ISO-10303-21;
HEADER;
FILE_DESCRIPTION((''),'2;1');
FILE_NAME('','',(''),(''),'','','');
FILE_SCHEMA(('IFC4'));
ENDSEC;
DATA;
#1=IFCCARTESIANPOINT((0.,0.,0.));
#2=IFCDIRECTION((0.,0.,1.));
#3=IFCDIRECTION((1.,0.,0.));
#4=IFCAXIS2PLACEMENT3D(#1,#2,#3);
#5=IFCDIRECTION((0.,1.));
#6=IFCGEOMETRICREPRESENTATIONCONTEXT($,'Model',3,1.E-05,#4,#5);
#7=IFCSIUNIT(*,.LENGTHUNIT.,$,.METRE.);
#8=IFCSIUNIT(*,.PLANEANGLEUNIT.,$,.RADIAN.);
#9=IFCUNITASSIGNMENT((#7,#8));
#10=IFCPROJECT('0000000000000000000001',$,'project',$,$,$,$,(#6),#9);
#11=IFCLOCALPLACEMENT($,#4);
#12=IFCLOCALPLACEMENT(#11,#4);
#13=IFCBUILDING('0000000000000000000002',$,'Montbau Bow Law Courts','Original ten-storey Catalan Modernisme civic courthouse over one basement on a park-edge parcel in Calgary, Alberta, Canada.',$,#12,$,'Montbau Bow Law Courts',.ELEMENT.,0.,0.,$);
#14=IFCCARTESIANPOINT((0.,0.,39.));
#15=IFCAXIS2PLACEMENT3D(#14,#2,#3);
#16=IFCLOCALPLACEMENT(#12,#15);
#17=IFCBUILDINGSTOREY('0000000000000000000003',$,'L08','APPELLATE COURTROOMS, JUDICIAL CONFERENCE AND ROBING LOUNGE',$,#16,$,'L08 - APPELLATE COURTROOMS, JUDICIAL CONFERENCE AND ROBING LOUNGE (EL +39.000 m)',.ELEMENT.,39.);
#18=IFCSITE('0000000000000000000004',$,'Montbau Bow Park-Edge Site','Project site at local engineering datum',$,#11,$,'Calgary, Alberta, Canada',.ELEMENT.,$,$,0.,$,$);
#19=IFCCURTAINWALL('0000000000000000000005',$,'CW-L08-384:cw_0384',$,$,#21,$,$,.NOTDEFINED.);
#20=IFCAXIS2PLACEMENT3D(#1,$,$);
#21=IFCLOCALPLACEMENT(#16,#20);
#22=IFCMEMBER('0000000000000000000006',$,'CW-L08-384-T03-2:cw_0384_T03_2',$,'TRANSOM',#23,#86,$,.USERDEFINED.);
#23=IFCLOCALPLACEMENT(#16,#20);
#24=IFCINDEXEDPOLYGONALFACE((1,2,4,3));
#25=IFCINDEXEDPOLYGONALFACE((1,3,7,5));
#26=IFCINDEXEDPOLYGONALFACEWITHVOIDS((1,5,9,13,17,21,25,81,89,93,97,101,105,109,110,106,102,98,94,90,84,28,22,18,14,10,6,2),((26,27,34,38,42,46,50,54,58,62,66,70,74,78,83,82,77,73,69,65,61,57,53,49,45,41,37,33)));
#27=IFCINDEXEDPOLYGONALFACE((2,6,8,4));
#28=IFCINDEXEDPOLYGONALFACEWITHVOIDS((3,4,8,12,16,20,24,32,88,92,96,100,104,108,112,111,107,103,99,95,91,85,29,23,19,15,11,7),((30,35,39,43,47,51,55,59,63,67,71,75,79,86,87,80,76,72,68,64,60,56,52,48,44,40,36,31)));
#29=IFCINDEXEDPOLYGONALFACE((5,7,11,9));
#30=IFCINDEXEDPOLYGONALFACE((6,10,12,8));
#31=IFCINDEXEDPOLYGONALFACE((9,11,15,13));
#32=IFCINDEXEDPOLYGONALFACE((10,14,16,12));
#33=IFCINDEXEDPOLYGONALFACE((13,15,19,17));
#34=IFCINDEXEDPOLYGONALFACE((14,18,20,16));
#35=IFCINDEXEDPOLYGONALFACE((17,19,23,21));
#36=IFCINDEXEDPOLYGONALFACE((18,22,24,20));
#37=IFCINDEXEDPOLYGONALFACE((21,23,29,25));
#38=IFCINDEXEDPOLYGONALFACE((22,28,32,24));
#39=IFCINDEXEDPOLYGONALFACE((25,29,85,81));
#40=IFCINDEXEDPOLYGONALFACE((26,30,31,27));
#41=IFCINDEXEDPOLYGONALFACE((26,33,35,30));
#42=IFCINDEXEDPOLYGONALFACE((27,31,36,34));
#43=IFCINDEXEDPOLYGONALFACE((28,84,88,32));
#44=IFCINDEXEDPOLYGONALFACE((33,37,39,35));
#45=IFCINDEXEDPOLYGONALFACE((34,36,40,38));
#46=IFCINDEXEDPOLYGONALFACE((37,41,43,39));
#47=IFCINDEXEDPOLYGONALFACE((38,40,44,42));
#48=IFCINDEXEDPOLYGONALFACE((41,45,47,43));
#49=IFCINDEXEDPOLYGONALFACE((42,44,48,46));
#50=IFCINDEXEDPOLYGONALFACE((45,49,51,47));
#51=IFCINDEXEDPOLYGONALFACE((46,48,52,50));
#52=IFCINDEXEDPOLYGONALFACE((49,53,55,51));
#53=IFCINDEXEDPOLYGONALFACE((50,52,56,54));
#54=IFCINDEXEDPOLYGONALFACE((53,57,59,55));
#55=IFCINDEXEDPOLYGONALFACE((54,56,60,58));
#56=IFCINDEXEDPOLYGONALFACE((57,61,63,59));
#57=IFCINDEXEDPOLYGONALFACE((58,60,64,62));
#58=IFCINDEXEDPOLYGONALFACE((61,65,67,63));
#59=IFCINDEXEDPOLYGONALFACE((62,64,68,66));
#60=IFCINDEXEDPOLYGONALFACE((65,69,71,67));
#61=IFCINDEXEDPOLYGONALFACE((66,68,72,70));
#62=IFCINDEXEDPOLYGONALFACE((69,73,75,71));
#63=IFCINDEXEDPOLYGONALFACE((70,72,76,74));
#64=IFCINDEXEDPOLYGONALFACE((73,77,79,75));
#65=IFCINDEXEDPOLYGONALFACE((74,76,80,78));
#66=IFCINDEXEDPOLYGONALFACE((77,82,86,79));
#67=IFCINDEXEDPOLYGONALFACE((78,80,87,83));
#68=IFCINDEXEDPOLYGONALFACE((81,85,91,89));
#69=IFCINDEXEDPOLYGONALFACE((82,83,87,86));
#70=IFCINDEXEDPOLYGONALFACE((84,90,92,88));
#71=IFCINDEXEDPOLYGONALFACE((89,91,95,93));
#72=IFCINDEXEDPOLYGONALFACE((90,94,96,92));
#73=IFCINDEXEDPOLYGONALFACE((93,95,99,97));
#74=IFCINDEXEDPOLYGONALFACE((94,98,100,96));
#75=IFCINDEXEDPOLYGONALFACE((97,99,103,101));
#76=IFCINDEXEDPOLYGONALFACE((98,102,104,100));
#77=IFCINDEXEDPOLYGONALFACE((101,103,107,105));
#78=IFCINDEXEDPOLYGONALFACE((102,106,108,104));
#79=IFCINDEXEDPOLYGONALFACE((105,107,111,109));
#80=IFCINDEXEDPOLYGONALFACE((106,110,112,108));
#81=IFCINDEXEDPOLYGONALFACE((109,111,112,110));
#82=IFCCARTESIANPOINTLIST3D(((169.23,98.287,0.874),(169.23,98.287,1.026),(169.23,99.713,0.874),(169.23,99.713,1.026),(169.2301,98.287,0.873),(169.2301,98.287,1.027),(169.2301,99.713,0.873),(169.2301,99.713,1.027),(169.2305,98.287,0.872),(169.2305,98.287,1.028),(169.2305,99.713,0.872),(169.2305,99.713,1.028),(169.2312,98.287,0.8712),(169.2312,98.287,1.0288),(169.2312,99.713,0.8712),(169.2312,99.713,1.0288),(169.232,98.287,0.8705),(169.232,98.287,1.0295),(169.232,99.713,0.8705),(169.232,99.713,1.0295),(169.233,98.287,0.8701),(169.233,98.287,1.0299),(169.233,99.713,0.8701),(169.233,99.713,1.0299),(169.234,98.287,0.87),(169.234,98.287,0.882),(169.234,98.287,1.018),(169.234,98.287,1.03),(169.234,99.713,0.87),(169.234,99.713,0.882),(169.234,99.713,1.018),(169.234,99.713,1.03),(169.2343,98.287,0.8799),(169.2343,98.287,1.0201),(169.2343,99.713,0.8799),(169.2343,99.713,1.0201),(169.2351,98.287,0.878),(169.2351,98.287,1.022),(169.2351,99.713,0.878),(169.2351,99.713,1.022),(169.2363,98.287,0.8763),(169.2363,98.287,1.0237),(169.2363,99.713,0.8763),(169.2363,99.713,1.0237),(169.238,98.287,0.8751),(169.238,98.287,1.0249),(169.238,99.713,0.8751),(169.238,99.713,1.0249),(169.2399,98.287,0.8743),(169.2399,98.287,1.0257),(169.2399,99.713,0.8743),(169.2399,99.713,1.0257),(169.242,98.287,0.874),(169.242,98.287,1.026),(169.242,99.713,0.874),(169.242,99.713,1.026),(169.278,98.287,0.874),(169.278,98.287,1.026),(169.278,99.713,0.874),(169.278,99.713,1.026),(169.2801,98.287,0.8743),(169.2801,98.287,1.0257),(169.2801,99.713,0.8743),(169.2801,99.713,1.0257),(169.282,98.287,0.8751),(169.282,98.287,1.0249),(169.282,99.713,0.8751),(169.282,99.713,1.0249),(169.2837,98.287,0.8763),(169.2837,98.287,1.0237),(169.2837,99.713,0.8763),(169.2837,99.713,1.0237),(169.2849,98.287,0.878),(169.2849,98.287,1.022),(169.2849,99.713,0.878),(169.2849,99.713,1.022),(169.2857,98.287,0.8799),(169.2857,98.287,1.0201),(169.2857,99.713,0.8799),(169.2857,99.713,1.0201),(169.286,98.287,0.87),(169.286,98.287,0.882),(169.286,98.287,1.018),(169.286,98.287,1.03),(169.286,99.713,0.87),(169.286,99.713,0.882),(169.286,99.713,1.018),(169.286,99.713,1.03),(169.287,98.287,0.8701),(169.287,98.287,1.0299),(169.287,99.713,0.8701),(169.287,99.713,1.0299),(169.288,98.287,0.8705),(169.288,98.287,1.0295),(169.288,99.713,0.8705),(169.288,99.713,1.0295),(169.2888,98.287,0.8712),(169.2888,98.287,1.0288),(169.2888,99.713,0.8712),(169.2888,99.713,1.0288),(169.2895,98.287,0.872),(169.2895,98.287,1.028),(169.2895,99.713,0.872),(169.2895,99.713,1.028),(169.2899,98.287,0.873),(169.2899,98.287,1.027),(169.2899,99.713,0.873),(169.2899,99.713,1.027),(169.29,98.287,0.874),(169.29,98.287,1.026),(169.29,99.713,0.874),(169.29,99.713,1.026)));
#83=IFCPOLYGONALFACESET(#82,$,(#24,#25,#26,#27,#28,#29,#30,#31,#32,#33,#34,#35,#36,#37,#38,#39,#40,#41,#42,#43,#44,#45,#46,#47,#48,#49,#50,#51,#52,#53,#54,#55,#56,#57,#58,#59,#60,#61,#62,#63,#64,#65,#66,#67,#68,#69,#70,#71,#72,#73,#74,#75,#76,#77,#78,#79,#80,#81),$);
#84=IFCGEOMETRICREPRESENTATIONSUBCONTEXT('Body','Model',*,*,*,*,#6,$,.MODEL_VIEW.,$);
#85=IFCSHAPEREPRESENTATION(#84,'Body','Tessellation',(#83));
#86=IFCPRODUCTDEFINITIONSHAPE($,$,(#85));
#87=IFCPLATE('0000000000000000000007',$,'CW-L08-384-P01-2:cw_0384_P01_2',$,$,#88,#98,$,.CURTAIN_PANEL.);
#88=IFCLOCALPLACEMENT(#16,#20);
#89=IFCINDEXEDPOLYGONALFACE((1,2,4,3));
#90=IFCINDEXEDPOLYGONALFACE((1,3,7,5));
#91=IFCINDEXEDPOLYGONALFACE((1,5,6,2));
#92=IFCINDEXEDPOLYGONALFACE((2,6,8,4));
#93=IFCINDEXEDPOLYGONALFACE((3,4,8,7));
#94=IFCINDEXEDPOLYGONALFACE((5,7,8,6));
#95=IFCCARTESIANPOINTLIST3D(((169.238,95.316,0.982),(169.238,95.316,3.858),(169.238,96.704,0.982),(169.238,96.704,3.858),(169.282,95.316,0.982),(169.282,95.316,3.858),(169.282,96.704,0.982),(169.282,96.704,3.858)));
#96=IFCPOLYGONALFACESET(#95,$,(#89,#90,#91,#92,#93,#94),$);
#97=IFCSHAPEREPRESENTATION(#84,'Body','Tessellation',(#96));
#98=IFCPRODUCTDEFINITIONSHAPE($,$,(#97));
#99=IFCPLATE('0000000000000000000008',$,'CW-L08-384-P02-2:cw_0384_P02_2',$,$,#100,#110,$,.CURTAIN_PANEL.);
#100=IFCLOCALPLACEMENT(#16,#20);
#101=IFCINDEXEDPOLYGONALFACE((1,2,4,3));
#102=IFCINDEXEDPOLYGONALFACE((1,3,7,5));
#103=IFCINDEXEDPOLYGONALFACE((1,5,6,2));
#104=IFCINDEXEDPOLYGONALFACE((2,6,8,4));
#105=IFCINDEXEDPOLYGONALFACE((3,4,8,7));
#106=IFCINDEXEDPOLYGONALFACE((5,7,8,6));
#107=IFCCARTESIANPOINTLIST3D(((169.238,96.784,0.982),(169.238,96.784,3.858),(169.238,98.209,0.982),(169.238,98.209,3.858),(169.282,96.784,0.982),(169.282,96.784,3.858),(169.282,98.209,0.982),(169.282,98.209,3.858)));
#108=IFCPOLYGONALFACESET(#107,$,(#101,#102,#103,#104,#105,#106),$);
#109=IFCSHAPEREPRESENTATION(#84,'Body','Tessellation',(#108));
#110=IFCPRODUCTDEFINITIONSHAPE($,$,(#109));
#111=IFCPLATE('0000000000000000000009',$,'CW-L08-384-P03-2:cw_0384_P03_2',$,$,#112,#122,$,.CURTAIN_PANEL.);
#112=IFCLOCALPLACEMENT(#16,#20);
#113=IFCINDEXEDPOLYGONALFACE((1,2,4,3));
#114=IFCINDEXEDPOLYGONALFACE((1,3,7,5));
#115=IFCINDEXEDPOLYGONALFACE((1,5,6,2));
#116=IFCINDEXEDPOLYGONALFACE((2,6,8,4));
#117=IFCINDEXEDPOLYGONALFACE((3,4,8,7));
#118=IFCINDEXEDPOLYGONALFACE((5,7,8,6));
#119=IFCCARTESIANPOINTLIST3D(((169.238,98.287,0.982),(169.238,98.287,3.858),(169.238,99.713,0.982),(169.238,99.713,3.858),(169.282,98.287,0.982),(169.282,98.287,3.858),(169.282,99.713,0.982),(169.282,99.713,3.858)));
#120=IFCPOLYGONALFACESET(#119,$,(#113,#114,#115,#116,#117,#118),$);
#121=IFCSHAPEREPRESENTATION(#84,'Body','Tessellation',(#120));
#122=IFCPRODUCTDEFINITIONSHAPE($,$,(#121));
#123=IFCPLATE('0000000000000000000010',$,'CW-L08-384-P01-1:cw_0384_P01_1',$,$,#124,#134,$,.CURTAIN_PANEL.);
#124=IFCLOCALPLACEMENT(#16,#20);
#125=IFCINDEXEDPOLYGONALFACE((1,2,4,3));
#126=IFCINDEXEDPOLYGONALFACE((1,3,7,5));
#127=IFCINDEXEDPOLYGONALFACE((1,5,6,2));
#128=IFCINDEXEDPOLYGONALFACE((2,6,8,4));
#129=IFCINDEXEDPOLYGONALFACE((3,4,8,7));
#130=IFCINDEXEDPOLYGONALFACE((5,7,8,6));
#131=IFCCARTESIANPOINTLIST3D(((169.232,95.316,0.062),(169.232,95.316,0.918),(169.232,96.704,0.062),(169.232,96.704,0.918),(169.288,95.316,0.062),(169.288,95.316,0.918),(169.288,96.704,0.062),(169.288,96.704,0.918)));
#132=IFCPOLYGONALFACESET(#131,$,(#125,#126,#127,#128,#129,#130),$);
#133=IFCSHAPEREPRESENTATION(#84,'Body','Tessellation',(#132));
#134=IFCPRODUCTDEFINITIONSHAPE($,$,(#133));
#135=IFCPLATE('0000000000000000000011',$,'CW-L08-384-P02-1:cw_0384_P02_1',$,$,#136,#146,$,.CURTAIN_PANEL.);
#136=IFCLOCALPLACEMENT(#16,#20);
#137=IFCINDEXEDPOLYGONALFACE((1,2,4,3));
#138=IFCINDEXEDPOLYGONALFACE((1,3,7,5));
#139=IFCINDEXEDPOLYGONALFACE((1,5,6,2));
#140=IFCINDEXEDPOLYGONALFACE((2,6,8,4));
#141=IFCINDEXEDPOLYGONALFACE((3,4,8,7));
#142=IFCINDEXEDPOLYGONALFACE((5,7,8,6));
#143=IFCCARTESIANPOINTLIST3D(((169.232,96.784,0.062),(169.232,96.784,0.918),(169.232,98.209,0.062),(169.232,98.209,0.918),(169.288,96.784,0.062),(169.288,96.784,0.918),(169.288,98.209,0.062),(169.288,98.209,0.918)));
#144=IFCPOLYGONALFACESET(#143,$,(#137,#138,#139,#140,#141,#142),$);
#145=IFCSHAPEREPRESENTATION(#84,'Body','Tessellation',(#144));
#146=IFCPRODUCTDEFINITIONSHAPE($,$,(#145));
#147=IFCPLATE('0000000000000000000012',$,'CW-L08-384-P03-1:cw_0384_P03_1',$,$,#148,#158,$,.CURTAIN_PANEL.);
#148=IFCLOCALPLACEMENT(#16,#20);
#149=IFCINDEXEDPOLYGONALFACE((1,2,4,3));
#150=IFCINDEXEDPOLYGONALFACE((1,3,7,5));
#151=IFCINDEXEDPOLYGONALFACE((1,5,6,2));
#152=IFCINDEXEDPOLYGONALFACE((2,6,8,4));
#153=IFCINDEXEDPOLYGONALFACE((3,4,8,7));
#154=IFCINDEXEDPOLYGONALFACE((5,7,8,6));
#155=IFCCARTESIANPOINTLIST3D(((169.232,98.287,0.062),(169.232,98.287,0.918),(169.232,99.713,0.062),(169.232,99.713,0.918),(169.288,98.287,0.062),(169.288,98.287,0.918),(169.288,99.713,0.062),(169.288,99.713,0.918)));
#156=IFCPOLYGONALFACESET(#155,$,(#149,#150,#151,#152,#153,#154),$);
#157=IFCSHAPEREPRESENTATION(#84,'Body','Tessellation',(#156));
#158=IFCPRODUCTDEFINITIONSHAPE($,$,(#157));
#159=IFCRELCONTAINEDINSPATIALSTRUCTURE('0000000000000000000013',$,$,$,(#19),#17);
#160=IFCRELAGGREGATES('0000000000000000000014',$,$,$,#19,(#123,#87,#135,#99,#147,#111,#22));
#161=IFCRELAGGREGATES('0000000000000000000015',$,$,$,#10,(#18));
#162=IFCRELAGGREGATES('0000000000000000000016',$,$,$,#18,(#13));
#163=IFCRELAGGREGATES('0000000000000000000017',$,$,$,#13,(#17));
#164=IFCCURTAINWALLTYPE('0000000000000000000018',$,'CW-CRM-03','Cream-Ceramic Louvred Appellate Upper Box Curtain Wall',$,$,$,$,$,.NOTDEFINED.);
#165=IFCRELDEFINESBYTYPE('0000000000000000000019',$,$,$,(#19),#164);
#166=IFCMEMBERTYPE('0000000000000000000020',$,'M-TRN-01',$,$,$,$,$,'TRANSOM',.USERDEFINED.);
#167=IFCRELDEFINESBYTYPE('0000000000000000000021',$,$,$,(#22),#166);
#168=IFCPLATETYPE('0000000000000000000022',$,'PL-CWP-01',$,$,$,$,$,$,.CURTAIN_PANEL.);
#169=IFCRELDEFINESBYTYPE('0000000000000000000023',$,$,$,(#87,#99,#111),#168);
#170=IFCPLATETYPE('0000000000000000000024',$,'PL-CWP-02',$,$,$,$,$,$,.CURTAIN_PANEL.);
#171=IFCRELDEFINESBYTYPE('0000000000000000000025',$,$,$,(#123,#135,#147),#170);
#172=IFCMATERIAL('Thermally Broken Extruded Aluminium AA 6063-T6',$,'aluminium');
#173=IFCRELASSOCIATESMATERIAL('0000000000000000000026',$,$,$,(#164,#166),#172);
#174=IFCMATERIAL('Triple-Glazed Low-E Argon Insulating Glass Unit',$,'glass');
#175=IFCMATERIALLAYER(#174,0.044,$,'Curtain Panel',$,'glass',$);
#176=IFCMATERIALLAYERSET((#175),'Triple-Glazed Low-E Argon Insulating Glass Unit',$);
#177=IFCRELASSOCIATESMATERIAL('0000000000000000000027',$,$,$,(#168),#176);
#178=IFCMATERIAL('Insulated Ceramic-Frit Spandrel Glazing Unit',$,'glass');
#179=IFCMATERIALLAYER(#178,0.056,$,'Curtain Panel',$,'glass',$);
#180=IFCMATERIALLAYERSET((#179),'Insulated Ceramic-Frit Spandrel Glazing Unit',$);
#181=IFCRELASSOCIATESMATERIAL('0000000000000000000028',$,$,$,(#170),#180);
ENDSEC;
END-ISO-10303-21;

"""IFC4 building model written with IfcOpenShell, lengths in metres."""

from ifc_helpers import new_model, si_unit, direction, frame, frame_2d, origin_with_axes, origin_2d_with_axis, place, context, subcontext, project, spatial, rectangle, hollow_rectangle, extrude, material, layer, layer_set, material_profile, profile_set, type_object, element, aggregate, save


model = new_model("IFC4")

# Units and contexts
model_context = context("Model", 3, precision=1e-05, world=origin_with_axes(), true_north=direction((0.0, 1.0)))
body_context = subcontext(model_context, "Body", "Model", "MODEL_VIEW")
ifc_project = project(units=[si_unit("LENGTHUNIT", "METRE"), si_unit("PLANEANGLEUNIT", "RADIAN")], contexts=[model_context])

# Site, building, storey
site_placement = place(None, origin_with_axes())
site = spatial("IfcSite", under=ifc_project, at=site_placement, Name="Montbau Bow Park-Edge Site", Description="Project site at local engineering datum", LongName="Calgary, Alberta, Canada", CompositionType="ELEMENT", RefElevation=0.0)
building_placement = place(site_placement, origin_with_axes())
building = spatial("IfcBuilding", under=site, at=building_placement, Name="Montbau Bow Law Courts", Description="Original ten-storey Catalan Modernisme civic courthouse over one basement on a park-edge parcel in Calgary, Alberta, Canada.", LongName="Montbau Bow Law Courts", CompositionType="ELEMENT", ElevationOfRefHeight=0.0, ElevationOfTerrain=0.0)
storey_placement = place(building_placement, frame((0.0, 0.0, 39.0), z_axis=(0.0, 0.0, 1.0), x_axis=(1.0, 0.0, 0.0)))
storey = spatial("IfcBuildingStorey", under=building, at=storey_placement, Name="L08", Description="APPELLATE COURTROOMS, JUDICIAL CONFERENCE AND ROBING LOUNGE", LongName="L08 - APPELLATE COURTROOMS, JUDICIAL CONFERENCE AND ROBING LOUNGE (EL +39.000 m)", CompositionType="ELEMENT", Elevation=39.0)

# Curtain wall, member, plates
ifc_material_1 = material(Name="Thermally Broken Extruded Aluminium AA 6063-T6", Category="aluminium")
curtain_wall_type = type_object("IfcCurtainWallType", Name="CW-CRM-03", Description="Cream-Ceramic Louvred Appellate Upper Box Curtain Wall", PredefinedType="NOTDEFINED", material=ifc_material_1)
curtain_wall_placement = place(None, frame((169.26, 95.24, 39.0), z_axis=(0.0, 0.0, 1.0), x_axis=(1.0, 0.0, 0.0)))
curtain_wall = element("IfcCurtainWall", 1, at=curtain_wall_placement, inside=storey, type_object=curtain_wall_type, Name="CW-L08-384:cw_0384", PredefinedType="NOTDEFINED")
ifc_material_profile_1 = material_profile(ifc_material_1, hollow_rectangle(XDim=0.06, YDim=0.16, WallThickness=0.004, InnerFilletRadius=0.008, OuterFilletRadius=0.004, at=origin_2d_with_axis()), Name="CWT-160X60", Category="Main", Priority=0)
ifc_profile_set_1 = profile_set([ifc_material_profile_1], Name="Thermally Broken Extruded Aluminium AA 6063-T6")
member_type_1 = type_object("IfcMemberType", Name="M-TRN-01", ElementType="TRANSOM", PredefinedType="USERDEFINED", material=ifc_profile_set_1)
member_1_placement = place(None, frame((169.26, 98.287, 39.95), z_axis=(0.0, 1.0, 0.0), x_axis=(-1.0, 0.0, 0.0)))
member_1 = element("IfcMember", 2, at=member_1_placement, type_object=member_type_1, Name="CW-L08-384-T03-2:cw_0384_T03_2", ObjectType="TRANSOM", PredefinedType="USERDEFINED", context=body_context, shape_type="SweptSolid", body=[
    extrude(hollow_rectangle(XDim=0.06, YDim=0.16, WallThickness=0.004, InnerFilletRadius=0.008, OuterFilletRadius=0.004, at=origin_2d_with_axis()), origin_with_axes(), (0.0, 0.0, 1.0), 1.426),
])
ifc_material_2 = material(Name="Triple-Glazed Low-E Argon Insulating Glass Unit", Category="glass")
ifc_layer_1 = layer(ifc_material_2, 0.044, Name="Curtain Panel", Category="glass")
ifc_layer_set_1 = layer_set([ifc_layer_1], Name="Triple-Glazed Low-E Argon Insulating Glass Unit")
plate_type_1 = type_object("IfcPlateType", Name="PL-CWP-01", PredefinedType="CURTAIN_PANEL", material=ifc_layer_set_1)
plate_1_placement = place(None, frame((169.26, 95.316, 39.982), z_axis=(1.0, 0.0, 0.0), x_axis=(0.0, 1.0, 0.0)))
plate_1 = element("IfcPlate", 3, at=plate_1_placement, type_object=plate_type_1, Name="CW-L08-384-P01-2:cw_0384_P01_2", PredefinedType="CURTAIN_PANEL", context=body_context, shape_type="SweptSolid", body=[
    extrude(rectangle(XDim=1.388, YDim=2.876, at=frame_2d((0.694, 1.438), x_axis=(1.0, 0.0))), frame((0.0, 0.0, -0.022), z_axis=(0.0, 0.0, 1.0), x_axis=(1.0, 0.0, 0.0)), (0.0, 0.0, 1.0), 0.044),
])
plate_2_placement = place(None, frame((169.26, 96.784, 39.982), z_axis=(1.0, 0.0, 0.0), x_axis=(0.0, 1.0, 0.0)))
plate_2 = element("IfcPlate", 4, at=plate_2_placement, type_object=plate_type_1, Name="CW-L08-384-P02-2:cw_0384_P02_2", PredefinedType="CURTAIN_PANEL", context=body_context, shape_type="SweptSolid", body=[
    extrude(rectangle(XDim=1.425, YDim=2.876, at=frame_2d((0.7125, 1.438), x_axis=(1.0, 0.0))), frame((0.0, 0.0, -0.022), z_axis=(0.0, 0.0, 1.0), x_axis=(1.0, 0.0, 0.0)), (0.0, 0.0, 1.0), 0.044),
])
plate_3_placement = place(None, frame((169.26, 98.287, 39.982), z_axis=(1.0, 0.0, 0.0), x_axis=(0.0, 1.0, 0.0)))
plate_3 = element("IfcPlate", 5, at=plate_3_placement, type_object=plate_type_1, Name="CW-L08-384-P03-2:cw_0384_P03_2", PredefinedType="CURTAIN_PANEL", context=body_context, shape_type="SweptSolid", body=[
    extrude(rectangle(XDim=1.426, YDim=2.876, at=frame_2d((0.713, 1.438), x_axis=(1.0, 0.0))), frame((0.0, 0.0, -0.022), z_axis=(0.0, 0.0, 1.0), x_axis=(1.0, 0.0, 0.0)), (0.0, 0.0, 1.0), 0.044),
])
ifc_material_3 = material(Name="Insulated Ceramic-Frit Spandrel Glazing Unit", Category="glass")
ifc_layer_2 = layer(ifc_material_3, 0.056, Name="Curtain Panel", Category="glass")
ifc_layer_set_2 = layer_set([ifc_layer_2], Name="Insulated Ceramic-Frit Spandrel Glazing Unit")
plate_type_2 = type_object("IfcPlateType", Name="PL-CWP-02", PredefinedType="CURTAIN_PANEL", material=ifc_layer_set_2)
plate_4_placement = place(None, frame((169.26, 95.316, 39.062), z_axis=(1.0, 0.0, 0.0), x_axis=(0.0, 1.0, 0.0)))
plate_4 = element("IfcPlate", 6, at=plate_4_placement, type_object=plate_type_2, Name="CW-L08-384-P01-1:cw_0384_P01_1", PredefinedType="CURTAIN_PANEL", context=body_context, shape_type="SweptSolid", body=[
    extrude(rectangle(XDim=1.388, YDim=0.856, at=frame_2d((0.694, 0.428), x_axis=(1.0, 0.0))), frame((0.0, 0.0, -0.028), z_axis=(0.0, 0.0, 1.0), x_axis=(1.0, 0.0, 0.0)), (0.0, 0.0, 1.0), 0.056),
])
plate_5_placement = place(None, frame((169.26, 96.784, 39.062), z_axis=(1.0, 0.0, 0.0), x_axis=(0.0, 1.0, 0.0)))
plate_5 = element("IfcPlate", 7, at=plate_5_placement, type_object=plate_type_2, Name="CW-L08-384-P02-1:cw_0384_P02_1", PredefinedType="CURTAIN_PANEL", context=body_context, shape_type="SweptSolid", body=[
    extrude(rectangle(XDim=1.425, YDim=0.856, at=frame_2d((0.7125, 0.428), x_axis=(1.0, 0.0))), frame((0.0, 0.0, -0.028), z_axis=(0.0, 0.0, 1.0), x_axis=(1.0, 0.0, 0.0)), (0.0, 0.0, 1.0), 0.056),
])
plate_6_placement = place(None, frame((169.26, 98.287, 39.062), z_axis=(1.0, 0.0, 0.0), x_axis=(0.0, 1.0, 0.0)))
plate_6 = element("IfcPlate", 8, at=plate_6_placement, type_object=plate_type_2, Name="CW-L08-384-P03-1:cw_0384_P03_1", PredefinedType="CURTAIN_PANEL", context=body_context, shape_type="SweptSolid", body=[
    extrude(rectangle(XDim=1.426, YDim=0.856, at=frame_2d((0.713, 0.428), x_axis=(1.0, 0.0))), frame((0.0, 0.0, -0.028), z_axis=(0.0, 0.0, 1.0), x_axis=(1.0, 0.0, 0.0)), (0.0, 0.0, 1.0), 0.056),
])
aggregate(curtain_wall, [plate_4, plate_1, plate_5, plate_2, plate_6, plate_3, member_1])

save(model, "model.ifc")
